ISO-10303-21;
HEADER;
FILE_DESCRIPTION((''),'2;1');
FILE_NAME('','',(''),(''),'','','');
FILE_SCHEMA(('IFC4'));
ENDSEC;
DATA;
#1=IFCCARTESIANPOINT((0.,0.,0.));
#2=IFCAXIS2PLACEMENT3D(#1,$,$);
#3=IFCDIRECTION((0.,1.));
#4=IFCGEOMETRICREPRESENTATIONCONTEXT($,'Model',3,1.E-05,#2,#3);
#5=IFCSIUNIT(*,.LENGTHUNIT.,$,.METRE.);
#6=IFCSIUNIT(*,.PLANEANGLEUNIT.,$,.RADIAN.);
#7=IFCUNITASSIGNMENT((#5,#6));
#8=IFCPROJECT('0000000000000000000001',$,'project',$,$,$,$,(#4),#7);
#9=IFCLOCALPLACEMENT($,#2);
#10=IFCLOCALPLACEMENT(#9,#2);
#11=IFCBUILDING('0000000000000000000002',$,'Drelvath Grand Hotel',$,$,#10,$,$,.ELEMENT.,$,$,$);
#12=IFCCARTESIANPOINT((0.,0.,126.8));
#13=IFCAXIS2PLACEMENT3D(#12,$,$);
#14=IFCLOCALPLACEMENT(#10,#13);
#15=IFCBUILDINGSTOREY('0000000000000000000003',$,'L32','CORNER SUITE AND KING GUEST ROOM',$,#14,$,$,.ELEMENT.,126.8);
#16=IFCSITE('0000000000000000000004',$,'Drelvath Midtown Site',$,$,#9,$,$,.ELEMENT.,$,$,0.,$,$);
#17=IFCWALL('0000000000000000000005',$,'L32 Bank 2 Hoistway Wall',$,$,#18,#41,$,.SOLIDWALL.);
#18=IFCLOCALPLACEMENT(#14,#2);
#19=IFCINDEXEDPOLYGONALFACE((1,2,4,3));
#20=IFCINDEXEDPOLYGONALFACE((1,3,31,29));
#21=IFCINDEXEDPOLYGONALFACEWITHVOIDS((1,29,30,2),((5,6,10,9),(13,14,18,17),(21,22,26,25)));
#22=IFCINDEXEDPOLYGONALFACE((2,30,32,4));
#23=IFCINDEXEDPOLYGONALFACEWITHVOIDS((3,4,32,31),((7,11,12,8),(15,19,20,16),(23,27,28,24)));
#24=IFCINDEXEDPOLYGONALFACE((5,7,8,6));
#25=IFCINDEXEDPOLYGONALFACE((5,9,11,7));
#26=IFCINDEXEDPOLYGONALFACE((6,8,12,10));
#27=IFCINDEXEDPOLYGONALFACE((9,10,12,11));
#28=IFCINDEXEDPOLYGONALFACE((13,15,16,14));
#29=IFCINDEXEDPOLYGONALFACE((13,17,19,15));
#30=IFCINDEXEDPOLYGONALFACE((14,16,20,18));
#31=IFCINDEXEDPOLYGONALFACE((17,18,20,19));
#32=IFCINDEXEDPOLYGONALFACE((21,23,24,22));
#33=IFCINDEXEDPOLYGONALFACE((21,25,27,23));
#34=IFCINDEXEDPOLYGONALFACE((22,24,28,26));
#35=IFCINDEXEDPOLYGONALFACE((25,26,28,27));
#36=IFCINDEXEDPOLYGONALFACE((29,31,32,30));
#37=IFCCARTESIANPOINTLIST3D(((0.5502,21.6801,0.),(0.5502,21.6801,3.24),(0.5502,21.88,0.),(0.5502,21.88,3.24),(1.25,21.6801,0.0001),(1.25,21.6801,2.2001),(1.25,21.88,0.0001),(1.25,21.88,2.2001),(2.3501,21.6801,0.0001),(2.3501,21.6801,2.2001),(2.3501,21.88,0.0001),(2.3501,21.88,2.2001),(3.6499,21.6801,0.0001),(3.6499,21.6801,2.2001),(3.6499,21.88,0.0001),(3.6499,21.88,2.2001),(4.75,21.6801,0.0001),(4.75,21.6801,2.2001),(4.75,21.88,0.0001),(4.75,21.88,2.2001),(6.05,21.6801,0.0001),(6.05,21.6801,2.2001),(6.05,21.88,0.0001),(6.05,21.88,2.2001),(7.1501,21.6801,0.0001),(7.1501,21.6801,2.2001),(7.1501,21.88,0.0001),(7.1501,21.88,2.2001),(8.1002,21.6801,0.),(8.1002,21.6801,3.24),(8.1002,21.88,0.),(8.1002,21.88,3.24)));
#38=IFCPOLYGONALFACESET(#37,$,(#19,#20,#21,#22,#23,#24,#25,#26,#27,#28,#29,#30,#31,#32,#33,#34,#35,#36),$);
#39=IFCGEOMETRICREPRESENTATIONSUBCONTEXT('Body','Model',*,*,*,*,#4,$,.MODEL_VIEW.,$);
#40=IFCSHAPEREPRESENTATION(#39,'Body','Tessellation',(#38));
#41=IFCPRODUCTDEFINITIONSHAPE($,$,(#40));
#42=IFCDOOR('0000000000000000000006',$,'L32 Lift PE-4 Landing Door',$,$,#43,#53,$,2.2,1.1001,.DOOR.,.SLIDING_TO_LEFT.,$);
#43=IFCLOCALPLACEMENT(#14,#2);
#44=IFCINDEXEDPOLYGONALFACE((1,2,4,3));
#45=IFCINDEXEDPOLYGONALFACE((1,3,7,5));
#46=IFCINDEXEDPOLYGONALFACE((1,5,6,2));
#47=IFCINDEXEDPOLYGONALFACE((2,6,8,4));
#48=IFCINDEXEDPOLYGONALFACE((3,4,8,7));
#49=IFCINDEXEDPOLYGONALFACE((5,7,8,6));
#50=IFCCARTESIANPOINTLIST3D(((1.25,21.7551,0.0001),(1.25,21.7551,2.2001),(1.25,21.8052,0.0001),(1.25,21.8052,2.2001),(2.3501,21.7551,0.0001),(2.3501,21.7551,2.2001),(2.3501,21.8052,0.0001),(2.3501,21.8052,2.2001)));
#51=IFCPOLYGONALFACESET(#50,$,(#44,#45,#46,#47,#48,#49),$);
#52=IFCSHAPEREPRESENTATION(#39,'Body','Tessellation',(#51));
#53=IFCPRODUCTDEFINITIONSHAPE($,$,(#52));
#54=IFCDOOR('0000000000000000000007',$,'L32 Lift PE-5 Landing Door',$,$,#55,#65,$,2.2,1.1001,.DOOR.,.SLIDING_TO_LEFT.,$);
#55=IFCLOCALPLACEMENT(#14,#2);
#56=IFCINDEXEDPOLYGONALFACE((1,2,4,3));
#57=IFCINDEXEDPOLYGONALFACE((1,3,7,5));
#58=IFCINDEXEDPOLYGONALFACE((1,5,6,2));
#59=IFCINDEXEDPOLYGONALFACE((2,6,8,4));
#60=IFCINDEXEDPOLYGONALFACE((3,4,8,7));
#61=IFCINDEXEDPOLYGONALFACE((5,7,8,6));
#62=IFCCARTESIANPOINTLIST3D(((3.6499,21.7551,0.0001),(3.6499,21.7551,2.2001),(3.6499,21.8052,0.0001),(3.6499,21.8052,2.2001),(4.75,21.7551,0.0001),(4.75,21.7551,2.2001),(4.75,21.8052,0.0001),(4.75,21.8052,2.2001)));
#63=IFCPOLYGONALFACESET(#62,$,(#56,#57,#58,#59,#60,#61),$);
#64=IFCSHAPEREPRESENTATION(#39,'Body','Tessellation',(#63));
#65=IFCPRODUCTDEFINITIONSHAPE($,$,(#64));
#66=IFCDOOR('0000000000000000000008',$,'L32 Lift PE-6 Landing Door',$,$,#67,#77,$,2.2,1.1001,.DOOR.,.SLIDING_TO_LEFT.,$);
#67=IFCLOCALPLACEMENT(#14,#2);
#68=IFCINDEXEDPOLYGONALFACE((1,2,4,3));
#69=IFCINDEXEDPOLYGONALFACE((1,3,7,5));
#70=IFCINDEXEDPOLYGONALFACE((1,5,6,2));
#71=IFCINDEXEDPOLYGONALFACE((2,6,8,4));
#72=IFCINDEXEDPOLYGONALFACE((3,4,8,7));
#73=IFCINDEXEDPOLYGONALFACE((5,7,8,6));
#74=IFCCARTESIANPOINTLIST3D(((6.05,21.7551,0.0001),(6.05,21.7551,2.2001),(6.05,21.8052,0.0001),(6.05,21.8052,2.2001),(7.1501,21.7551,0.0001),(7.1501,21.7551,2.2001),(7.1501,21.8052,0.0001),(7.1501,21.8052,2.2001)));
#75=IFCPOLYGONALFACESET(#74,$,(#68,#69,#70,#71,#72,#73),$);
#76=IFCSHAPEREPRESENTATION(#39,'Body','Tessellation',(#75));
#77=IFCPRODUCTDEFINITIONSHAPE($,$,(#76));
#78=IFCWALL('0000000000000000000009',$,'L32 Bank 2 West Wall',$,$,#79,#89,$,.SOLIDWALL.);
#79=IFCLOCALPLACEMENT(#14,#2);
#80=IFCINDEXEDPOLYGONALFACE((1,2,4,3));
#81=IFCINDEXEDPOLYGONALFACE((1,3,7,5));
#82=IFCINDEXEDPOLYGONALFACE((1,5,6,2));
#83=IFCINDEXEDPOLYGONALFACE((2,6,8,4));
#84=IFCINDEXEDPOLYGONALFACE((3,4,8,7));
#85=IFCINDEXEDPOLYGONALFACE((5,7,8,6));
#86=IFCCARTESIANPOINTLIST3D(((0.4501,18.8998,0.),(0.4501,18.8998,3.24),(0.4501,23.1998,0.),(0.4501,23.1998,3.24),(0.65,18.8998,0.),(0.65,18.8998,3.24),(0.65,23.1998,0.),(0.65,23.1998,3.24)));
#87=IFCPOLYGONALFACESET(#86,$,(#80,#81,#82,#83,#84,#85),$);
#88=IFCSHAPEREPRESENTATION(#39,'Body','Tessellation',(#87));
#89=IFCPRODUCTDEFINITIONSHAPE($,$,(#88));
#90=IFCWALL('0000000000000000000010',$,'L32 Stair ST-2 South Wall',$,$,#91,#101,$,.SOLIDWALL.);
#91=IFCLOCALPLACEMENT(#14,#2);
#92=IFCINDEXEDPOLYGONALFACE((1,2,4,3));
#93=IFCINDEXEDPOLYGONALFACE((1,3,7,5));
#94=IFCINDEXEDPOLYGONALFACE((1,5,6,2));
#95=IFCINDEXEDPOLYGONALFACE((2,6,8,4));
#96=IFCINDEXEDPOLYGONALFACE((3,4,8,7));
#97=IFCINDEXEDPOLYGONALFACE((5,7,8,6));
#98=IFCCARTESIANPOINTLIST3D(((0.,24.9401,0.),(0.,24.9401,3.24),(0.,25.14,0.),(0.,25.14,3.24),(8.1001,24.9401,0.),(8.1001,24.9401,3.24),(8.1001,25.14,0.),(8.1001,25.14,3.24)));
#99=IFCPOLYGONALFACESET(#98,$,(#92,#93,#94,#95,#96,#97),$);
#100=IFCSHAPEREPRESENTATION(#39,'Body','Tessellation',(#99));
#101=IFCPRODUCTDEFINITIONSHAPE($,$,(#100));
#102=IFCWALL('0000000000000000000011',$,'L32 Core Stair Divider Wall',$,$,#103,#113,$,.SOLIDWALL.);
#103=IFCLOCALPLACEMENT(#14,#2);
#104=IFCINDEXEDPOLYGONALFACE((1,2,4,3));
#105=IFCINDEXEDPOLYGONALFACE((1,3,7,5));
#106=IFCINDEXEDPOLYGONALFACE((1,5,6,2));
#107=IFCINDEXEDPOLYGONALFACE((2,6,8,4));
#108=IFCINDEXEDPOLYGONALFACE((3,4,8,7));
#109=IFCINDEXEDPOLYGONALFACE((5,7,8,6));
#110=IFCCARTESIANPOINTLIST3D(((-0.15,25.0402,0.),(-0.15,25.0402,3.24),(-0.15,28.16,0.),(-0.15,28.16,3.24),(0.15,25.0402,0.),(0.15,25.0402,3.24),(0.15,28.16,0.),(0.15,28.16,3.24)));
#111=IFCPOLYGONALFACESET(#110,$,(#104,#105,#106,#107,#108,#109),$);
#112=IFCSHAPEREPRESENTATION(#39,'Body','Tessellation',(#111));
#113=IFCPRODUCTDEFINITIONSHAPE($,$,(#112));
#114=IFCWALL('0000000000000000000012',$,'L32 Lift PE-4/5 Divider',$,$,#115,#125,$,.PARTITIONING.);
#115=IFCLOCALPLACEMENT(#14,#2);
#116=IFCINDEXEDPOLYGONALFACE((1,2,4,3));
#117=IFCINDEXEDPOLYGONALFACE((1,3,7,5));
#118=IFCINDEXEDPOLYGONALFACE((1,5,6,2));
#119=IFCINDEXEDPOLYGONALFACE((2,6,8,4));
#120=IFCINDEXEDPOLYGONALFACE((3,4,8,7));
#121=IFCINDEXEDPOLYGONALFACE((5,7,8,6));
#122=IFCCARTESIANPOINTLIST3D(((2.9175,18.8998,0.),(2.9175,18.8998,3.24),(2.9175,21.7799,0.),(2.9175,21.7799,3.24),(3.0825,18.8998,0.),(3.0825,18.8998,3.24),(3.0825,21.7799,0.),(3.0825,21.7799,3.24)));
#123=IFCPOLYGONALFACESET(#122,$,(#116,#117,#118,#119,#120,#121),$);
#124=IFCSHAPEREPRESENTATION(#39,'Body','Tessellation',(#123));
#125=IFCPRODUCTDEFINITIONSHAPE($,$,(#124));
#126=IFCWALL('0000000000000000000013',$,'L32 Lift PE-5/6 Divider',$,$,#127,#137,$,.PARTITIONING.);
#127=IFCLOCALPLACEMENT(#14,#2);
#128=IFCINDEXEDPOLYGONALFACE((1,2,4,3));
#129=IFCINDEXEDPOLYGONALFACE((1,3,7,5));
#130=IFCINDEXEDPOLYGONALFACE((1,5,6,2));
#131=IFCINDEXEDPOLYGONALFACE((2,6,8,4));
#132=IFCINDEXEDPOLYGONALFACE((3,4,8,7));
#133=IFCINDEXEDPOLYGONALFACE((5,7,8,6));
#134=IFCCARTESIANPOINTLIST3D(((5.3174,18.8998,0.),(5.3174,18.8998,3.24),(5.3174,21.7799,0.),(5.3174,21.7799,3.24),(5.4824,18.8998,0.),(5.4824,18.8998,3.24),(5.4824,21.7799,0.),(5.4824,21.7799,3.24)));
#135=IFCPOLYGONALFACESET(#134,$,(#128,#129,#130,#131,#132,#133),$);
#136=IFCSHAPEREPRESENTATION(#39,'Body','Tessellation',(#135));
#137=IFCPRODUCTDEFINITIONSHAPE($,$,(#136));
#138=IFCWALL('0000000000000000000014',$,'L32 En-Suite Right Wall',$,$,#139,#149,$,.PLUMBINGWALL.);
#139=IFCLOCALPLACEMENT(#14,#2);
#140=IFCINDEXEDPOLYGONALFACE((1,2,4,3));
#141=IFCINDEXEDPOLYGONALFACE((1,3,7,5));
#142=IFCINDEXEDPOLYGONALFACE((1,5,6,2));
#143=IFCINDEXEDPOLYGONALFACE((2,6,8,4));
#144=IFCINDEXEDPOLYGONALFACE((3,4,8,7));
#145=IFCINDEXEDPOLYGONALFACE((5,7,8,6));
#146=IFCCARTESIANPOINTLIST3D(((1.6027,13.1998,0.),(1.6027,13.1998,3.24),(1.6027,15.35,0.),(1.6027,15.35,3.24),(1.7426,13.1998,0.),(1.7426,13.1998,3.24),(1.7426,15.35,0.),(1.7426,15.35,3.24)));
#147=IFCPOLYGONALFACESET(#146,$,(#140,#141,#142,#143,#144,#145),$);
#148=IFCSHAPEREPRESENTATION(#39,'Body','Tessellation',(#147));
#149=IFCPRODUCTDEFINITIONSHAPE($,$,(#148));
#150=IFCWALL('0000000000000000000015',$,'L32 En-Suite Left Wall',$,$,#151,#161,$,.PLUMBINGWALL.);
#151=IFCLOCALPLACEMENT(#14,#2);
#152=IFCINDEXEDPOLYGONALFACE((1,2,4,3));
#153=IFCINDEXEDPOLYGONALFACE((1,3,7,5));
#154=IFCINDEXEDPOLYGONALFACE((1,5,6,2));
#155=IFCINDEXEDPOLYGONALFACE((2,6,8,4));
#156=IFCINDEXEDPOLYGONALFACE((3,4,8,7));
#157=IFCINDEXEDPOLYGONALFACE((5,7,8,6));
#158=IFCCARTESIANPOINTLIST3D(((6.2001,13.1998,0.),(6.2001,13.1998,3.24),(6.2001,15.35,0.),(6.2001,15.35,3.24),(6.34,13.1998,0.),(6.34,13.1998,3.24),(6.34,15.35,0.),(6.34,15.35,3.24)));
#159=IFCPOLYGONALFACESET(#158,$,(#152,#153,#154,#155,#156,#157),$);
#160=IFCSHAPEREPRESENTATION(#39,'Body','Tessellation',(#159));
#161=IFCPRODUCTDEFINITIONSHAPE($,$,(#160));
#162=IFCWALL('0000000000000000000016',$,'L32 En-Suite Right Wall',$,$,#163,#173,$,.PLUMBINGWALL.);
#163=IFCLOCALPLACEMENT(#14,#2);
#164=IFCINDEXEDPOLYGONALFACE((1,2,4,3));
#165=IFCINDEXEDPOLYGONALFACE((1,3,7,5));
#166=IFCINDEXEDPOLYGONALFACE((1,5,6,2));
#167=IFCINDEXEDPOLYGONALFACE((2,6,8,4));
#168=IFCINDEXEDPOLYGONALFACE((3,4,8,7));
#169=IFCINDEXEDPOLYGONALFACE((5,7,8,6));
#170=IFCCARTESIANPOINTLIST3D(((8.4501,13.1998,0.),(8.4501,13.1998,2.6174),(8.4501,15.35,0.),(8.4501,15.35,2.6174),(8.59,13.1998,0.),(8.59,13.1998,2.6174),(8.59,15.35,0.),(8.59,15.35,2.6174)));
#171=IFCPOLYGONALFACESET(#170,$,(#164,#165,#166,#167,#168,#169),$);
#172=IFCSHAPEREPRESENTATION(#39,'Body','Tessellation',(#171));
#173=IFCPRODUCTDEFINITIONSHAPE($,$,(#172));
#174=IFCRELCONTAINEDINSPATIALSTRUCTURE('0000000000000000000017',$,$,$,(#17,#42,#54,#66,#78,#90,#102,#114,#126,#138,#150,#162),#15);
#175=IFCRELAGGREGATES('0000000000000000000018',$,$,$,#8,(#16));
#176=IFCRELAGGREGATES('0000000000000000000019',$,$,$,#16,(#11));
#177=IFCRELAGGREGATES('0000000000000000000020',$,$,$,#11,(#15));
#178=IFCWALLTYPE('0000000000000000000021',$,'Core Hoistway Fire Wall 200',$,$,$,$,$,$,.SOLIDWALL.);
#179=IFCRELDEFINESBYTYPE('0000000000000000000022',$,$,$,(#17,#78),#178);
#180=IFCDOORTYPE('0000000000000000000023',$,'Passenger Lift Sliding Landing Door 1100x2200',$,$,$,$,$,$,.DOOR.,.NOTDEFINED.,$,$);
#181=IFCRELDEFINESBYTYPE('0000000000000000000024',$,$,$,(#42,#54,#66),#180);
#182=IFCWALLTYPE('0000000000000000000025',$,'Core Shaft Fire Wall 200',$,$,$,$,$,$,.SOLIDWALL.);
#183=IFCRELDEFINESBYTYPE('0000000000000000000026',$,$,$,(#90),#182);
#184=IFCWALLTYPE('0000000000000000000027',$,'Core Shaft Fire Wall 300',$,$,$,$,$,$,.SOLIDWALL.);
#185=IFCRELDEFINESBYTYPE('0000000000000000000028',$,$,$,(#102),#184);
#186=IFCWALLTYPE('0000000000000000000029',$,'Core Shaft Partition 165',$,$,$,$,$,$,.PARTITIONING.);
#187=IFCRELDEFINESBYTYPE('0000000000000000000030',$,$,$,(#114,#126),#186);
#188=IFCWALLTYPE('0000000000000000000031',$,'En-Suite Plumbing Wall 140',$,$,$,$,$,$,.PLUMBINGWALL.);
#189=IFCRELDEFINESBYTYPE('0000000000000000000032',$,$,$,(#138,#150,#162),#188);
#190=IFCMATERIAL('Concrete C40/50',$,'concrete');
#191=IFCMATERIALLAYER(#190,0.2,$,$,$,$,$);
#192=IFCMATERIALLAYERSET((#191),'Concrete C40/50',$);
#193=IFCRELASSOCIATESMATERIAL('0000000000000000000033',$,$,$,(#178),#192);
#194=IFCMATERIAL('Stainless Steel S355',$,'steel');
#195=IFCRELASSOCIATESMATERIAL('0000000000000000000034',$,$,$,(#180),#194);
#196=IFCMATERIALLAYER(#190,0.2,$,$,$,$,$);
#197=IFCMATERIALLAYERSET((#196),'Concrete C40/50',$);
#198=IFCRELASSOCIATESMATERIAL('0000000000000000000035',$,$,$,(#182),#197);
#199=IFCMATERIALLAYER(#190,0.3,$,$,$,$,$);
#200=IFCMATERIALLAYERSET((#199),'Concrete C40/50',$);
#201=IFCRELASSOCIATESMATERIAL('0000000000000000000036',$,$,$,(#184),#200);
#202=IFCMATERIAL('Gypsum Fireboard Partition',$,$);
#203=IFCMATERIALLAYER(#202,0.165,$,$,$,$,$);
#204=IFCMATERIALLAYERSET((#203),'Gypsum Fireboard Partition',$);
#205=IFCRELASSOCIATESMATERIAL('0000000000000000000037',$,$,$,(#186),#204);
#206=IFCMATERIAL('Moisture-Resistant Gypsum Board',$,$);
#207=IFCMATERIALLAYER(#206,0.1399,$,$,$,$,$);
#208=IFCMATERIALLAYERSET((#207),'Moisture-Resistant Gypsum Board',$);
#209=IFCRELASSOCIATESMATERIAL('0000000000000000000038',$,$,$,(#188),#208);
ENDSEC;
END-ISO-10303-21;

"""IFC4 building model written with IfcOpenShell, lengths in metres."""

from ifc_helpers import new_model, si_unit, direction, frame, frame_2d, origin, place, context, subcontext, project, spatial, rectangle, extrude, material, layer, layer_set, type_object, element, fill, save


model = new_model("IFC4")

# Units and contexts
model_context = context("Model", 3, precision=1e-05, world=origin(), true_north=direction((0.0, 1.0)))
body_context = subcontext(model_context, "Body", "Model", "MODEL_VIEW")
ifc_project = project(units=[si_unit("LENGTHUNIT", "METRE"), si_unit("PLANEANGLEUNIT", "RADIAN")], contexts=[model_context])

# Site, building, storey
site_placement = place(None, origin())
site = spatial("IfcSite", under=ifc_project, at=site_placement, Name="Drelvath Midtown Site", CompositionType="ELEMENT", RefElevation=0.0)
building_placement = place(site_placement, origin())
building = spatial("IfcBuilding", under=site, at=building_placement, Name="Drelvath Grand Hotel", CompositionType="ELEMENT")
storey_placement = place(building_placement, frame((0.0, 0.0, 126.8)))
storey = spatial("IfcBuildingStorey", under=building, at=storey_placement, Name="L32", Description="CORNER SUITE AND KING GUEST ROOM", CompositionType="ELEMENT", Elevation=126.8)

# Wall, openings, doors
ifc_material_1 = material(Name="Concrete C40/50", Category="concrete")
ifc_layer_1 = layer(ifc_material_1, 0.2)
ifc_layer_set_1 = layer_set([ifc_layer_1], Name="Concrete C40/50")
wall_type_1 = type_object("IfcWallType", Name="Core Hoistway Fire Wall 200", PredefinedType="SOLIDWALL", material=ifc_layer_set_1)
wall_1_placement = place(storey_placement, frame((8.1001, 21.78, 0.0), z_axis=(0.0, 0.0, 1.0), x_axis=(-1.0, 0.0, 0.0)))
wall_1 = element("IfcWall", 1, at=wall_1_placement, inside=storey, type_object=wall_type_1, Name="L32 Bank 2 Hoistway Wall", PredefinedType="SOLIDWALL", context=body_context, shape_type="SweptSolid", body=[
    extrude(rectangle(XDim=7.55, YDim=0.2, at=frame_2d((3.7749, 0.0))), origin(), (0.0, 0.0, 1.0), 3.24),
])
opening_1_placement = place(wall_1_placement, frame((5.75, 0.0, 0.0)))
opening_1 = element("IfcOpeningElement", 2, at=opening_1_placement, cuts=wall_1, PredefinedType="OPENING", context=body_context, shape_type="SweptSolid", body=[
    extrude(rectangle(XDim=1.1001, YDim=2.2, at=frame_2d((0.55, 1.1001))), frame((0.0, 0.1099, 0.0), z_axis=(0.0, -1.0, 0.0), x_axis=(1.0, 0.0, 0.0)), (0.0, 0.0, 1.0), 0.22),
])
opening_2_placement = place(wall_1_placement, frame((3.3501, 0.0, 0.0)))
opening_2 = element("IfcOpeningElement", 3, at=opening_2_placement, cuts=wall_1, PredefinedType="OPENING", context=body_context, shape_type="SweptSolid", body=[
    extrude(rectangle(XDim=1.1001, YDim=2.2, at=frame_2d((0.55, 1.1001))), frame((0.0, 0.1099, 0.0), z_axis=(0.0, -1.0, 0.0), x_axis=(1.0, 0.0, 0.0)), (0.0, 0.0, 1.0), 0.22),
])
opening_3_placement = place(wall_1_placement, frame((0.95, 0.0, 0.0)))
opening_3 = element("IfcOpeningElement", 4, at=opening_3_placement, cuts=wall_1, PredefinedType="OPENING", context=body_context, shape_type="SweptSolid", body=[
    extrude(rectangle(XDim=1.1001, YDim=2.2, at=frame_2d((0.55, 1.1001))), frame((0.0, 0.1099, 0.0), z_axis=(0.0, -1.0, 0.0), x_axis=(1.0, 0.0, 0.0)), (0.0, 0.0, 1.0), 0.22),
])
ifc_material_2 = material(Name="Stainless Steel S355", Category="steel")
door_type_1 = type_object("IfcDoorType", Name="Passenger Lift Sliding Landing Door 1100x2200", OperationType="NOTDEFINED", PredefinedType="DOOR", material=ifc_material_2)
door_1_placement = place(opening_1_placement, origin())
door_1 = element("IfcDoor", 5, at=door_1_placement, inside=storey, type_object=door_type_1, Name="L32 Lift PE-4 Landing Door", OperationType="SLIDING_TO_LEFT", OverallHeight=2.2, OverallWidth=1.1001, PredefinedType="DOOR", context=body_context, shape_type="SweptSolid", body=[
    extrude(rectangle(XDim=1.1001, YDim=2.2, at=frame_2d((0.55, 1.1001))), frame((0.0, 0.0249, 0.0), z_axis=(0.0, -1.0, 0.0), x_axis=(1.0, 0.0, 0.0)), (0.0, 0.0, 1.0), 0.05),
])
fill(opening_1, door_1)
door_2_placement = place(opening_2_placement, origin())
door_2 = element("IfcDoor", 6, at=door_2_placement, inside=storey, type_object=door_type_1, Name="L32 Lift PE-5 Landing Door", OperationType="SLIDING_TO_LEFT", OverallHeight=2.2, OverallWidth=1.1001, PredefinedType="DOOR", context=body_context, shape_type="SweptSolid", body=[
    extrude(rectangle(XDim=1.1001, YDim=2.2, at=frame_2d((0.55, 1.1001))), frame((0.0, 0.0249, 0.0), z_axis=(0.0, -1.0, 0.0), x_axis=(1.0, 0.0, 0.0)), (0.0, 0.0, 1.0), 0.05),
])
fill(opening_2, door_2)
door_3_placement = place(opening_3_placement, origin())
door_3 = element("IfcDoor", 7, at=door_3_placement, inside=storey, type_object=door_type_1, Name="L32 Lift PE-6 Landing Door", OperationType="SLIDING_TO_LEFT", OverallHeight=2.2, OverallWidth=1.1001, PredefinedType="DOOR", context=body_context, shape_type="SweptSolid", body=[
    extrude(rectangle(XDim=1.1001, YDim=2.2, at=frame_2d((0.55, 1.1001))), frame((0.0, 0.0249, 0.0), z_axis=(0.0, -1.0, 0.0), x_axis=(1.0, 0.0, 0.0)), (0.0, 0.0, 1.0), 0.05),
])
fill(opening_3, door_3)

# Walls
wall_2_placement = place(storey_placement, frame((0.55, 18.8999, 0.0), z_axis=(0.0, 0.0, 1.0), x_axis=(0.0, 1.0, 0.0)))
element("IfcWall", 8, at=wall_2_placement, inside=storey, type_object=wall_type_1, Name="L32 Bank 2 West Wall", PredefinedType="SOLIDWALL", context=body_context, shape_type="SweptSolid", body=[
    extrude(rectangle(XDim=4.3, YDim=0.2, at=frame_2d((2.1499, 0.0))), origin(), (0.0, 0.0, 1.0), 3.24),
])
ifc_layer_2 = layer(ifc_material_1, 0.2)
ifc_layer_set_2 = layer_set([ifc_layer_2], Name="Concrete C40/50")
wall_type_2 = type_object("IfcWallType", Name="Core Shaft Fire Wall 200", PredefinedType="SOLIDWALL", material=ifc_layer_set_2)
wall_3_placement = place(storey_placement, frame((0.0, 25.04, 0.0), z_axis=(0.0, 0.0, 1.0), x_axis=(1.0, 0.0, 0.0)))
element("IfcWall", 9, at=wall_3_placement, inside=storey, type_object=wall_type_2, Name="L32 Stair ST-2 South Wall", PredefinedType="SOLIDWALL", context=body_context, shape_type="SweptSolid", body=[
    extrude(rectangle(XDim=8.1001, YDim=0.2, at=frame_2d((4.05, 0.0))), origin(), (0.0, 0.0, 1.0), 3.24),
])
ifc_layer_3 = layer(ifc_material_1, 0.3)
ifc_layer_set_3 = layer_set([ifc_layer_3], Name="Concrete C40/50")
wall_type_3 = type_object("IfcWallType", Name="Core Shaft Fire Wall 300", PredefinedType="SOLIDWALL", material=ifc_layer_set_3)
wall_4_placement = place(storey_placement, frame((0.0, 25.04, 0.0), z_axis=(0.0, 0.0, 1.0), x_axis=(0.0, 1.0, 0.0)))
element("IfcWall", 10, at=wall_4_placement, inside=storey, type_object=wall_type_3, Name="L32 Core Stair Divider Wall", PredefinedType="SOLIDWALL", context=body_context, shape_type="SweptSolid", body=[
    extrude(rectangle(XDim=3.1199, YDim=0.3, at=frame_2d((1.5601, 0.0))), origin(), (0.0, 0.0, 1.0), 3.24),
])
ifc_material_3 = material(Name="Gypsum Fireboard Partition")
ifc_layer_4 = layer(ifc_material_3, 0.165)
ifc_layer_set_4 = layer_set([ifc_layer_4], Name="Gypsum Fireboard Partition")
wall_type_4 = type_object("IfcWallType", Name="Core Shaft Partition 165", PredefinedType="PARTITIONING", material=ifc_layer_set_4)
for number, where, z_axis, x_axis, name in (
    (11, (3.0, 18.8999, 0.0), (0.0, 0.0, 1.0), (0.0, 1.0, 0.0), "L32 Lift PE-4/5 Divider"),
    (12, (5.3999, 18.8999, 0.0), (0.0, 0.0, 1.0), (0.0, 1.0, 0.0), "L32 Lift PE-5/6 Divider"),
):
    element("IfcWall", number, at=place(storey_placement, frame(where, z_axis=z_axis, x_axis=x_axis)), inside=storey, type_object=wall_type_4, Name=name, PredefinedType="PARTITIONING", context=body_context, shape_type="SweptSolid", body=[
        extrude(rectangle(XDim=2.8801, YDim=0.165, at=frame_2d((1.4399, 0.0))), origin(), (0.0, 0.0, 1.0), 3.24),
    ])
ifc_material_4 = material(Name="Moisture-Resistant Gypsum Board")
ifc_layer_5 = layer(ifc_material_4, 0.1399)
ifc_layer_set_5 = layer_set([ifc_layer_5], Name="Moisture-Resistant Gypsum Board")
wall_type_5 = type_object("IfcWallType", Name="En-Suite Plumbing Wall 140", PredefinedType="PLUMBINGWALL", material=ifc_layer_set_5)
for number, where, z_axis, x_axis, name in (
    (13, (1.6726, 15.3501, 0.0), (0.0, 0.0, 1.0), (0.0, -1.0, 0.0), "L32 En-Suite Right Wall"),
    (14, (6.27, 15.3501, 0.0), (0.0, 0.0, 1.0), (0.0, -1.0, 0.0), "L32 En-Suite Left Wall"),
):
    element("IfcWall", number, at=place(storey_placement, frame(where, z_axis=z_axis, x_axis=x_axis)), inside=storey, type_object=wall_type_5, Name=name, PredefinedType="PLUMBINGWALL", context=body_context, shape_type="SweptSolid", body=[
        extrude(rectangle(XDim=2.1501, YDim=0.1399, at=frame_2d((1.0752, 0.0))), origin(), (0.0, 0.0, 1.0), 3.24),
    ])
wall_5_placement = place(storey_placement, frame((8.52, 15.3501, 0.0), z_axis=(0.0, 0.0, 1.0), x_axis=(0.0, -1.0, 0.0)))
element("IfcWall", 15, at=wall_5_placement, inside=storey, type_object=wall_type_5, Name="L32 En-Suite Right Wall", PredefinedType="PLUMBINGWALL", context=body_context, shape_type="SweptSolid", body=[
    extrude(rectangle(XDim=2.1501, YDim=0.1399, at=frame_2d((1.0752, 0.0))), origin(), (0.0, 0.0, 1.0), 2.6174),
])

save(model, "model.ifc")
